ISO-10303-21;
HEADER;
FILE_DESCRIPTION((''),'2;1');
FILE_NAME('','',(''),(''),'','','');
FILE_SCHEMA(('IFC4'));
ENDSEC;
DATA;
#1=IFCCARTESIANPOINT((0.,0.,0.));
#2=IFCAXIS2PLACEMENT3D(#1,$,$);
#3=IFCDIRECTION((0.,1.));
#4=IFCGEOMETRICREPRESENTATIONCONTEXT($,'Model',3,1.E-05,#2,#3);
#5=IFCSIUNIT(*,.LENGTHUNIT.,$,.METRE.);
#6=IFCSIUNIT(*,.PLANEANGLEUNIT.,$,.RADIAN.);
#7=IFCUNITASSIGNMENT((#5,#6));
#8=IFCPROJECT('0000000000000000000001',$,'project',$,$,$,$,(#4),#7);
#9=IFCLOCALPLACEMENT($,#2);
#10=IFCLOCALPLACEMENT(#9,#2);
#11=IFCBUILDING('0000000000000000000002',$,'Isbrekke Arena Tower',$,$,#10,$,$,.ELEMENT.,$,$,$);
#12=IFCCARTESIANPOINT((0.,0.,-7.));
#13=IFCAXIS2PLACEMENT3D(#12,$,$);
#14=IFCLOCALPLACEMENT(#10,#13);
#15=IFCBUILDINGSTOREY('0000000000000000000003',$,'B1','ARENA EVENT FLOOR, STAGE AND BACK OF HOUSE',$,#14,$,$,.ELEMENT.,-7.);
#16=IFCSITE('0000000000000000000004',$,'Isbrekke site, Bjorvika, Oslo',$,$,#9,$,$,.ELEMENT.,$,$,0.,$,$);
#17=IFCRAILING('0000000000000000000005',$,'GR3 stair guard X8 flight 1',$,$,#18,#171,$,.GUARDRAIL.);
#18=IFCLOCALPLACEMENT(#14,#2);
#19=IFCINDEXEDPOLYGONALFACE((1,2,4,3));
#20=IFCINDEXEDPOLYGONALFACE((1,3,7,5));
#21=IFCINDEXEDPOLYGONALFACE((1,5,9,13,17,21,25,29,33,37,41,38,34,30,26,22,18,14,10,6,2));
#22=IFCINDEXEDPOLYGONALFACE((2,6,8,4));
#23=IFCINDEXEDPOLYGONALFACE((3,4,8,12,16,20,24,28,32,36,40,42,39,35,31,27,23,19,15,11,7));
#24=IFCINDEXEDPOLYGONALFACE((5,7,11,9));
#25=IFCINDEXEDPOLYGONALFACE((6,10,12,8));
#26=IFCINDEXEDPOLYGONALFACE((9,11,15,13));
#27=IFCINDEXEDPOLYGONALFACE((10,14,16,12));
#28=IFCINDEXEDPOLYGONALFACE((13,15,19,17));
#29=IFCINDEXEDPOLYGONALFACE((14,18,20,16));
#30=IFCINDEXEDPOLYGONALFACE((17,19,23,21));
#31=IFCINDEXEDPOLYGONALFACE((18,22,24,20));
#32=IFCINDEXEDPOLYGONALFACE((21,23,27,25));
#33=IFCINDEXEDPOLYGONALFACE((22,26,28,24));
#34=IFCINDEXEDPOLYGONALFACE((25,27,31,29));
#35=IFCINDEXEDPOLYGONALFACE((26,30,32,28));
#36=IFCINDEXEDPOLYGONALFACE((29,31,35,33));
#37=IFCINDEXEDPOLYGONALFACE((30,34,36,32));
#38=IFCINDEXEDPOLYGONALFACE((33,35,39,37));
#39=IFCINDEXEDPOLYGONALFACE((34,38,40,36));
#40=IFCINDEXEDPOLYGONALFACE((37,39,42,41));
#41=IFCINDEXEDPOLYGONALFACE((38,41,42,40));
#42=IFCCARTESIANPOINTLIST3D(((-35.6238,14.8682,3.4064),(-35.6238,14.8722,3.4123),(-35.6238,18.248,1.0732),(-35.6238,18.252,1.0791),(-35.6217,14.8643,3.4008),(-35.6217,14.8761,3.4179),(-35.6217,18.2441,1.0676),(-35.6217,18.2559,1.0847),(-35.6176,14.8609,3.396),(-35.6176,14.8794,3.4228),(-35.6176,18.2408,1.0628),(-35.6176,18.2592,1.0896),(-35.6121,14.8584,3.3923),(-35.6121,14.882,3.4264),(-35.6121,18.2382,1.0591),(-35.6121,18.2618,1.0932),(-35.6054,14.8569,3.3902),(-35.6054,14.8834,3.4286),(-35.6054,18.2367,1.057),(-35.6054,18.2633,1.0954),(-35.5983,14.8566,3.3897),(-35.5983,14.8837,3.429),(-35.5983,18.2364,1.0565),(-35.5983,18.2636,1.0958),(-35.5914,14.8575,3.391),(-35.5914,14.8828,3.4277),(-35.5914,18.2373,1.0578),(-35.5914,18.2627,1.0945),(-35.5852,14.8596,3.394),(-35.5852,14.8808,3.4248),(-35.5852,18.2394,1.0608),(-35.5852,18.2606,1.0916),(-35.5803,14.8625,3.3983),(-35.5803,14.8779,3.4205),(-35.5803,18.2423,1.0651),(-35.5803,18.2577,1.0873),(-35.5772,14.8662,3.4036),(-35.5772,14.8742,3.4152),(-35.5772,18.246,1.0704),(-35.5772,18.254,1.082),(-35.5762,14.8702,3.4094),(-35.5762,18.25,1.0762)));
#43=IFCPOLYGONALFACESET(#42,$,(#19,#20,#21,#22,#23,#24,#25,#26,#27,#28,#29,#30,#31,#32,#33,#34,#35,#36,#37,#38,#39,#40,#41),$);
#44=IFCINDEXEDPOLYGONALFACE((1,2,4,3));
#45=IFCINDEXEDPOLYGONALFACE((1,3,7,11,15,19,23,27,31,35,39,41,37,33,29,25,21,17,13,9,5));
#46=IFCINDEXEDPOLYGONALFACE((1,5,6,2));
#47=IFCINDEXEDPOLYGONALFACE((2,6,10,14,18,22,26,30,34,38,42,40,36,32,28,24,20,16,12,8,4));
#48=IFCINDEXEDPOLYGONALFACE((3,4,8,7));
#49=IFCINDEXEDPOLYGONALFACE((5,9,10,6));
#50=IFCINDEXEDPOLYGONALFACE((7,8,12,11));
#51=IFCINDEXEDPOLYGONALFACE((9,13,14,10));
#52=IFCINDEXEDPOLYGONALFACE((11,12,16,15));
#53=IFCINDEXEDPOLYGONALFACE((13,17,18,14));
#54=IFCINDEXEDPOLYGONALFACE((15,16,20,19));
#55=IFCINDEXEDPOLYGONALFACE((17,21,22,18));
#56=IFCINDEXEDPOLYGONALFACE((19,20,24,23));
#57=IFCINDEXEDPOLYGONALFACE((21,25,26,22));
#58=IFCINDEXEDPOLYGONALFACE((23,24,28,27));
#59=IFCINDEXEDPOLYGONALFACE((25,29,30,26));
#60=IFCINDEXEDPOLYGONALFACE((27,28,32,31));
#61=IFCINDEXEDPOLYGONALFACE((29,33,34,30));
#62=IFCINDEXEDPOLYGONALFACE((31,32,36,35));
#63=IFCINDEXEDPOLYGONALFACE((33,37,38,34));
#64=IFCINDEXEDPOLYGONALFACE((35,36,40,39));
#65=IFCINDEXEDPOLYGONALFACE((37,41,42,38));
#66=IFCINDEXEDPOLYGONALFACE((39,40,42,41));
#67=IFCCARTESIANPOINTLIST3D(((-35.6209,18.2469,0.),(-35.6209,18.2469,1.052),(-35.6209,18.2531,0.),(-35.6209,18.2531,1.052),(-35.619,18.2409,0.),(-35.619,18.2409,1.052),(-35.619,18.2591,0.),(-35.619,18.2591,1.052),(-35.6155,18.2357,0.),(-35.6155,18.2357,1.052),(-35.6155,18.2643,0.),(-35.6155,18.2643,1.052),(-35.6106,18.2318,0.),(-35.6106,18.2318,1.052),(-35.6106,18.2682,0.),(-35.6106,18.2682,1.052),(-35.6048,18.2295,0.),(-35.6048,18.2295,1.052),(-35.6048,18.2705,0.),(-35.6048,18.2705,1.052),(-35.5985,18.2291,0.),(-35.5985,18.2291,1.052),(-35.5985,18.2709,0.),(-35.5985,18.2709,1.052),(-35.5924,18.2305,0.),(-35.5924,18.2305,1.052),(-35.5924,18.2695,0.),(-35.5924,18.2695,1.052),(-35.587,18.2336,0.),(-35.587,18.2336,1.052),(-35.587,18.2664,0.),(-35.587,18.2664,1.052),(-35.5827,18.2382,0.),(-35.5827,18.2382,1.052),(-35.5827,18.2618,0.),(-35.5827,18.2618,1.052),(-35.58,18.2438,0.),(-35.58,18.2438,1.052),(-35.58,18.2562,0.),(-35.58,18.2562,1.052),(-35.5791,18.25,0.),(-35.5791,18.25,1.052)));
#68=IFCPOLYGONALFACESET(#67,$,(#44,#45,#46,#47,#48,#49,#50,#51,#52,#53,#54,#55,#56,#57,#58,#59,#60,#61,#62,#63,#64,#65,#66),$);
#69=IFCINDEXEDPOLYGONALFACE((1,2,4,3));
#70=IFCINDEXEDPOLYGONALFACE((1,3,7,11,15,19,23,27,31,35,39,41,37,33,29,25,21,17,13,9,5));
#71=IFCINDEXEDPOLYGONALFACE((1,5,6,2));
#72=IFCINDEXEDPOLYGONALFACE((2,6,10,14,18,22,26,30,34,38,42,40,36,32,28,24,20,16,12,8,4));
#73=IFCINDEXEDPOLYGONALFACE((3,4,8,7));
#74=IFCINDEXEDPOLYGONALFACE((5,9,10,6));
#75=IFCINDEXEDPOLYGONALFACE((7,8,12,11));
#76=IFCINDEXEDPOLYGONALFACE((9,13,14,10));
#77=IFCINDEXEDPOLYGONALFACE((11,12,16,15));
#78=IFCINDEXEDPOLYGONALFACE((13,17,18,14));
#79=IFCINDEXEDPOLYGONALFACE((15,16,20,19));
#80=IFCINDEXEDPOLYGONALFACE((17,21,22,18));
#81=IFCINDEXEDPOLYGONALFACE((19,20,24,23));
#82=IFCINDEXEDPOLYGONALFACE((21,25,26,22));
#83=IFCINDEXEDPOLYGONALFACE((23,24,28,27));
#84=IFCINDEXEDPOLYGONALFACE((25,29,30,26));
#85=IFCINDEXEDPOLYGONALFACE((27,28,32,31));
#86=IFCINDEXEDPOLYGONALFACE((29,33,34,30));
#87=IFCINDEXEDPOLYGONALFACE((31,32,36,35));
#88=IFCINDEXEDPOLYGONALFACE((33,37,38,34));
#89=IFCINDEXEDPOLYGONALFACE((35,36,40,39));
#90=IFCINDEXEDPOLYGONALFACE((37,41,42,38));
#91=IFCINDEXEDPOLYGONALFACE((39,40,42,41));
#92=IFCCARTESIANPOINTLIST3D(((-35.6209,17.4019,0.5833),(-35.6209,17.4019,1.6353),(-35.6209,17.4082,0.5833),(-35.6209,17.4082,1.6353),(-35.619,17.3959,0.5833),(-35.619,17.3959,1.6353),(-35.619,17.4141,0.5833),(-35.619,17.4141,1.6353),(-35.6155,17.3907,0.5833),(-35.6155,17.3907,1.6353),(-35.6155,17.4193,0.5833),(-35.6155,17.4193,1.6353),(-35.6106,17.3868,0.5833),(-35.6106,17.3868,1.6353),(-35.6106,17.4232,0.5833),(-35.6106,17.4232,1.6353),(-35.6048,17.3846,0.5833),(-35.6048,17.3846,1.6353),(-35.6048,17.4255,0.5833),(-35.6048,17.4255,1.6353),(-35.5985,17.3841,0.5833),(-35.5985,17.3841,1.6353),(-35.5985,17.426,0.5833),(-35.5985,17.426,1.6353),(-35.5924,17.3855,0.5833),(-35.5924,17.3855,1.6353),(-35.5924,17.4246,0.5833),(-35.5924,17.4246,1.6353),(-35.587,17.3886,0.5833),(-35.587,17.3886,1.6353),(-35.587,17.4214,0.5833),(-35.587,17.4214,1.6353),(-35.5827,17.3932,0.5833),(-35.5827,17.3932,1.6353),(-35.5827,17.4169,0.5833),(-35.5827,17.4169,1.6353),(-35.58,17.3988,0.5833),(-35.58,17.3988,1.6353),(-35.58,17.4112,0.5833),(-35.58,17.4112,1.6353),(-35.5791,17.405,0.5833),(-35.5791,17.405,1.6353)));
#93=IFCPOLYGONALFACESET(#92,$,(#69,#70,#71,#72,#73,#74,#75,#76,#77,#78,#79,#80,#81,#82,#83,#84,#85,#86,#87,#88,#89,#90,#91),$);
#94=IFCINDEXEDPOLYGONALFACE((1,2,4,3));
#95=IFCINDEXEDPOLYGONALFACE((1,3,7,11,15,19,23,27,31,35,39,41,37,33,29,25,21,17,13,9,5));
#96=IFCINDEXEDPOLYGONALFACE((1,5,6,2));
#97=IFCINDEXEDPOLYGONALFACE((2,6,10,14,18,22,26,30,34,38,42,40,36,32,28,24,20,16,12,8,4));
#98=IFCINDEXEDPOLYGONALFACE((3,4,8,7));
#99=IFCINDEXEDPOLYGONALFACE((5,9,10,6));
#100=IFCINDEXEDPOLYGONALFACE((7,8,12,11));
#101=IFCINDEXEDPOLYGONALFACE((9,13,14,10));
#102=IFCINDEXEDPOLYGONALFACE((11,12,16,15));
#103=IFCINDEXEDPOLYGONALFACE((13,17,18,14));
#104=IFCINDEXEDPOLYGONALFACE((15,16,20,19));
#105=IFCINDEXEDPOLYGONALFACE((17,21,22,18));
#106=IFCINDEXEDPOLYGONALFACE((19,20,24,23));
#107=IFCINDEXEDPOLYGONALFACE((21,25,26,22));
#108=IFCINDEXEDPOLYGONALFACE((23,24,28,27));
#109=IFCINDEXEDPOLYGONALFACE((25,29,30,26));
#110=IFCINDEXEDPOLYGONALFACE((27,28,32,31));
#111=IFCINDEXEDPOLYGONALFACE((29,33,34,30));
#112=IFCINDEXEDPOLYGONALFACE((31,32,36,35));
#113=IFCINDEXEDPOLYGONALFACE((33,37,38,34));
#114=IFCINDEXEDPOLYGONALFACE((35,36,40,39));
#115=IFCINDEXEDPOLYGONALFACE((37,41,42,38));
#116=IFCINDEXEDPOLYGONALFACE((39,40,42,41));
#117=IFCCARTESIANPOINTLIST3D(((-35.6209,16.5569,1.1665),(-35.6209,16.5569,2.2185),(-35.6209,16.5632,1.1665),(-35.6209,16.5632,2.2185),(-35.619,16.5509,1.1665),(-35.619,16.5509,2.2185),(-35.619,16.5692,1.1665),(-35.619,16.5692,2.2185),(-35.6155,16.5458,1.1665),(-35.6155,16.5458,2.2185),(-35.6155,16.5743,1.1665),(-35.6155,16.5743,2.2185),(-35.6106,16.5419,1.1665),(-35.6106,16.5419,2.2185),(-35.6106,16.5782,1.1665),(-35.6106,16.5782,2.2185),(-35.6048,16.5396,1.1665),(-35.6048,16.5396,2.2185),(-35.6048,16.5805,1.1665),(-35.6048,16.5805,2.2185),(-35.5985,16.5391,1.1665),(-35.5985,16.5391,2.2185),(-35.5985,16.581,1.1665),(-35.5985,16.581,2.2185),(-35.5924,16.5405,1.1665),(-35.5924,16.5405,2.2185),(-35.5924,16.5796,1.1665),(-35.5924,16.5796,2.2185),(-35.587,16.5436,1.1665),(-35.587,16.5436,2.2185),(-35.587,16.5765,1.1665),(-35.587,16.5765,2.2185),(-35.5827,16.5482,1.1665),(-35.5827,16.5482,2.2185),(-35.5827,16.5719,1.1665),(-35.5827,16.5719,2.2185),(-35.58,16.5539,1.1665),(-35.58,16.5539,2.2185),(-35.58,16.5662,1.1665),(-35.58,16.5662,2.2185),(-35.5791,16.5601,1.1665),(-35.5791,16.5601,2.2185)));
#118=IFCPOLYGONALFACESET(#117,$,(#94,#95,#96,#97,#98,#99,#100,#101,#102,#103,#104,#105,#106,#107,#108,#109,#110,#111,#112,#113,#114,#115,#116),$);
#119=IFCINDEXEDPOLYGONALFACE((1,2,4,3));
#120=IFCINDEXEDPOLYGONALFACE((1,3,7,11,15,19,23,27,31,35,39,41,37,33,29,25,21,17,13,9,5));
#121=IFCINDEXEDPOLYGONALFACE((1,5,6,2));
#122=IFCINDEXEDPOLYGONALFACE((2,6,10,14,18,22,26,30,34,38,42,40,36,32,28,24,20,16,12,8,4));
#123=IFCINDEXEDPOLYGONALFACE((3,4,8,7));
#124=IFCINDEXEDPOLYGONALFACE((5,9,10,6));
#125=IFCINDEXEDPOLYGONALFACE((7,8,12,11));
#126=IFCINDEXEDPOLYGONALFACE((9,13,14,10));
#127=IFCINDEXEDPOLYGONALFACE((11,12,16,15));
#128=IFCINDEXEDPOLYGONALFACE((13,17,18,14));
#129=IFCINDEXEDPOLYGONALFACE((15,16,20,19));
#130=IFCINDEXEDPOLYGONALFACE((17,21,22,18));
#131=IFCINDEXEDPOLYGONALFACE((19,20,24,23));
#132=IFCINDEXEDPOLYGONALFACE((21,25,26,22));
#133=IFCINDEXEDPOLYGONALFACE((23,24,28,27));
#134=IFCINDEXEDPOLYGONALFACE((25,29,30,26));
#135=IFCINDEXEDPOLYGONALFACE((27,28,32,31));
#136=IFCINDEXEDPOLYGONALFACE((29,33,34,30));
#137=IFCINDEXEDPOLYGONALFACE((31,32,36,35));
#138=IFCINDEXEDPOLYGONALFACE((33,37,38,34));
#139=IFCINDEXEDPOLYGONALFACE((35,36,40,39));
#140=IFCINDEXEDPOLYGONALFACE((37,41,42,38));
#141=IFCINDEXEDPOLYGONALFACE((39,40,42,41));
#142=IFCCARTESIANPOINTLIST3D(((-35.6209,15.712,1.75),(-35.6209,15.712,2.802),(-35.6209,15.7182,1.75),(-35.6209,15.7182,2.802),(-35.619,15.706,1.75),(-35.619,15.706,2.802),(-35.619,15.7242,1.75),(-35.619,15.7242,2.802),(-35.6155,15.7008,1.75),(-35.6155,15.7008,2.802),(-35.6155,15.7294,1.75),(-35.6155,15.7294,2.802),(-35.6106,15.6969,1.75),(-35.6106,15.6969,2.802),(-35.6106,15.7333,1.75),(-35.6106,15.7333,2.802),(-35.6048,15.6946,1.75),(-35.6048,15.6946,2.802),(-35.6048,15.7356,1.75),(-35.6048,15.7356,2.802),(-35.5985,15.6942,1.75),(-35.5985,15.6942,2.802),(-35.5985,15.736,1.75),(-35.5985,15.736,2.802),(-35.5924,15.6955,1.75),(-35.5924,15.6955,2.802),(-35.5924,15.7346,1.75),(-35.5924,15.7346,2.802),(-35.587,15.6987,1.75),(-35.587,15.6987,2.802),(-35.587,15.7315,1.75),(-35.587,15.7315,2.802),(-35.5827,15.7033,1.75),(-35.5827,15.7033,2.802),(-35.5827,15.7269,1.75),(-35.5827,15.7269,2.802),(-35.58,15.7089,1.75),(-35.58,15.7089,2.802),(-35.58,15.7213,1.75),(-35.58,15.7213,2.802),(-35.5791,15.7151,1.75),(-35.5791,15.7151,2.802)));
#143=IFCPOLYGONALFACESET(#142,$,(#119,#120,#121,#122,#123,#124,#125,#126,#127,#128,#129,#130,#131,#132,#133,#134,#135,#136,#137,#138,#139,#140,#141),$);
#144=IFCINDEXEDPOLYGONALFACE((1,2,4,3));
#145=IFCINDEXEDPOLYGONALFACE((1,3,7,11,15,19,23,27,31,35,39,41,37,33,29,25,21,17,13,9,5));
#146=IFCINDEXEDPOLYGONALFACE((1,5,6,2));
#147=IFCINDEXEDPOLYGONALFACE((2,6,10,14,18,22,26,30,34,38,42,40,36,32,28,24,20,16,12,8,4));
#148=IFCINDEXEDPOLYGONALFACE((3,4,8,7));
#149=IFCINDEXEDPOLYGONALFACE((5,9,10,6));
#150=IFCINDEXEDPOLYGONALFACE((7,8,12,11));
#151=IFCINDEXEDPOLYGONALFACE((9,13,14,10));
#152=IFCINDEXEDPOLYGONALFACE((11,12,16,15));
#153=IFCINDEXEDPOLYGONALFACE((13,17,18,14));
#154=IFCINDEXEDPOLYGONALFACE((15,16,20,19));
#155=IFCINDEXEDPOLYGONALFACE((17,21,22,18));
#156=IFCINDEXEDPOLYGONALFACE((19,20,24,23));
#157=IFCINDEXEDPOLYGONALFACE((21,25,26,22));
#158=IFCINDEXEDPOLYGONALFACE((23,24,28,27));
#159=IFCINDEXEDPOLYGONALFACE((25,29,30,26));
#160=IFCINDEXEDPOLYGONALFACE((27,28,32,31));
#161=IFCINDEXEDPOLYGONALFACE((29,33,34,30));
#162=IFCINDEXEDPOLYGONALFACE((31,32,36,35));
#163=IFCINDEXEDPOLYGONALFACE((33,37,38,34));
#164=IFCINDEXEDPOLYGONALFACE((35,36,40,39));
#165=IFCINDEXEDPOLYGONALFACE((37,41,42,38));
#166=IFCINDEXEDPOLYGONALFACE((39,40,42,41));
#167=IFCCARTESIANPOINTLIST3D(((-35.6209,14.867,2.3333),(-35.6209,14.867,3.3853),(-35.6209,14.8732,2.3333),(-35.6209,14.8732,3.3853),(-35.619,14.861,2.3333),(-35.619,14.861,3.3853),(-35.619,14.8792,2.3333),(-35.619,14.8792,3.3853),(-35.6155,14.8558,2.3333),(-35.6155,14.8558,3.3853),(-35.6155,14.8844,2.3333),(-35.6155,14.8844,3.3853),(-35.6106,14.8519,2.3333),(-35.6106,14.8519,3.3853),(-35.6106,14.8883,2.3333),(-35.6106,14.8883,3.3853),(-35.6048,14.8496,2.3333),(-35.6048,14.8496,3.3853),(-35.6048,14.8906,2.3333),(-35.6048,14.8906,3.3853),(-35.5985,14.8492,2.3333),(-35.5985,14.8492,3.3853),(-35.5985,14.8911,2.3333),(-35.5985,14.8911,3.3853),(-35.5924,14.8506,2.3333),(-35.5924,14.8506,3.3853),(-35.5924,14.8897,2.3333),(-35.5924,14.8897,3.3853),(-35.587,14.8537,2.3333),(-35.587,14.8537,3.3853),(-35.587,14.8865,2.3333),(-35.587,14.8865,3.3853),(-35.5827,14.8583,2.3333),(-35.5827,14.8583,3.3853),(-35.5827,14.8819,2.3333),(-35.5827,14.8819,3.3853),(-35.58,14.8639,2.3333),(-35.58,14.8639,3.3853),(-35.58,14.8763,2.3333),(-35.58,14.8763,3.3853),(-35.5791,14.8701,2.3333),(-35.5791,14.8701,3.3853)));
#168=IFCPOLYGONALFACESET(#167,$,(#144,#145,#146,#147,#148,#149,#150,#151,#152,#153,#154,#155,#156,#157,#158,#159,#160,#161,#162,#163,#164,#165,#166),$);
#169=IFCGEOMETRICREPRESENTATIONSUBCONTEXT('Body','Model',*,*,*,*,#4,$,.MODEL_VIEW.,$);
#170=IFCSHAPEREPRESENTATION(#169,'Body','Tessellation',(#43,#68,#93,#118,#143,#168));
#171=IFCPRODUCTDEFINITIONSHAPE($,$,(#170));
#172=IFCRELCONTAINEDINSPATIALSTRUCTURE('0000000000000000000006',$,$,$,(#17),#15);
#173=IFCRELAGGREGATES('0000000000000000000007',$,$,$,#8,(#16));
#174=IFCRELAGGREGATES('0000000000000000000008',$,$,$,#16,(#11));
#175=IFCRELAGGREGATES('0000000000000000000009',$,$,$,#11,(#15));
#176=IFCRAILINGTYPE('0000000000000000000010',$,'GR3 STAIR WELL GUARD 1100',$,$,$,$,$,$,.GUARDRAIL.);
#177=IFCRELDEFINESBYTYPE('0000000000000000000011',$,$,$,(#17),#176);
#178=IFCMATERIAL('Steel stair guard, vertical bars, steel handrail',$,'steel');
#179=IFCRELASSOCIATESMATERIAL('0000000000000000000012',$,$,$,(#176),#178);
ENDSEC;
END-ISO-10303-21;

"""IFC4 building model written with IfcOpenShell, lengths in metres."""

from ifc_helpers import new_model, si_unit, direction, frame, origin, origin_2d, place, context, subcontext, project, spatial, circle, extrude, material, type_object, element, save


model = new_model("IFC4")

# Units and contexts
model_context = context("Model", 3, precision=1e-05, world=origin(), true_north=direction((0.0, 1.0)))
body_context = subcontext(model_context, "Body", "Model", "MODEL_VIEW")
ifc_project = project(units=[si_unit("LENGTHUNIT", "METRE"), si_unit("PLANEANGLEUNIT", "RADIAN")], contexts=[model_context])

# Site, building, storey
site_placement = place(None, origin())
site = spatial("IfcSite", under=ifc_project, at=site_placement, Name="Isbrekke site, Bjorvika, Oslo", CompositionType="ELEMENT", RefElevation=0.0)
building_placement = place(site_placement, origin())
building = spatial("IfcBuilding", under=site, at=building_placement, Name="Isbrekke Arena Tower", CompositionType="ELEMENT")
storey_placement = place(building_placement, frame((0.0, 0.0, -7.0)))
storey = spatial("IfcBuildingStorey", under=building, at=storey_placement, Name="B1", Description="ARENA EVENT FLOOR, STAGE AND BACK OF HOUSE", CompositionType="ELEMENT", Elevation=-7.0)

# Railing
ifc_material_1 = material(Name="Steel stair guard, vertical bars, steel handrail", Category="steel")
railing_type = type_object("IfcRailingType", Name="GR3 STAIR WELL GUARD 1100", PredefinedType="GUARDRAIL", material=ifc_material_1)
railing_placement = place(storey_placement, frame((-35.6001, 18.25, 0.0)))
element("IfcRailing", 1, at=railing_placement, inside=storey, type_object=railing_type, Name="GR3 stair guard X8 flight 1", PredefinedType="GUARDRAIL", context=body_context, shape_type="SweptSolid", body=[
    extrude(circle(Radius=0.0239, at=origin_2d()), frame((0.0, 0.0, 1.0762), z_axis=(0.0, -0.822951, 0.568112), x_axis=(1.0, 0.0, 0.0)), (0.0, 0.0, 1.0), 4.1069),
    extrude(circle(Radius=0.021, at=origin_2d()), origin(), (0.0, 0.0, 1.0), 1.052),
    extrude(circle(Radius=0.021, at=origin_2d()), frame((0.0, -0.845, 0.5833)), (0.0, 0.0, 1.0), 1.052),
    extrude(circle(Radius=0.021, at=origin_2d()), frame((0.0, -1.6899, 1.1665)), (0.0, 0.0, 1.0), 1.052),
    extrude(circle(Radius=0.021, at=origin_2d()), frame((0.0, -2.5349, 1.75)), (0.0, 0.0, 1.0), 1.052),
    extrude(circle(Radius=0.021, at=origin_2d()), frame((0.0, -3.3799, 2.3333)), (0.0, 0.0, 1.0), 1.052),
])

save(model, "model.ifc")
